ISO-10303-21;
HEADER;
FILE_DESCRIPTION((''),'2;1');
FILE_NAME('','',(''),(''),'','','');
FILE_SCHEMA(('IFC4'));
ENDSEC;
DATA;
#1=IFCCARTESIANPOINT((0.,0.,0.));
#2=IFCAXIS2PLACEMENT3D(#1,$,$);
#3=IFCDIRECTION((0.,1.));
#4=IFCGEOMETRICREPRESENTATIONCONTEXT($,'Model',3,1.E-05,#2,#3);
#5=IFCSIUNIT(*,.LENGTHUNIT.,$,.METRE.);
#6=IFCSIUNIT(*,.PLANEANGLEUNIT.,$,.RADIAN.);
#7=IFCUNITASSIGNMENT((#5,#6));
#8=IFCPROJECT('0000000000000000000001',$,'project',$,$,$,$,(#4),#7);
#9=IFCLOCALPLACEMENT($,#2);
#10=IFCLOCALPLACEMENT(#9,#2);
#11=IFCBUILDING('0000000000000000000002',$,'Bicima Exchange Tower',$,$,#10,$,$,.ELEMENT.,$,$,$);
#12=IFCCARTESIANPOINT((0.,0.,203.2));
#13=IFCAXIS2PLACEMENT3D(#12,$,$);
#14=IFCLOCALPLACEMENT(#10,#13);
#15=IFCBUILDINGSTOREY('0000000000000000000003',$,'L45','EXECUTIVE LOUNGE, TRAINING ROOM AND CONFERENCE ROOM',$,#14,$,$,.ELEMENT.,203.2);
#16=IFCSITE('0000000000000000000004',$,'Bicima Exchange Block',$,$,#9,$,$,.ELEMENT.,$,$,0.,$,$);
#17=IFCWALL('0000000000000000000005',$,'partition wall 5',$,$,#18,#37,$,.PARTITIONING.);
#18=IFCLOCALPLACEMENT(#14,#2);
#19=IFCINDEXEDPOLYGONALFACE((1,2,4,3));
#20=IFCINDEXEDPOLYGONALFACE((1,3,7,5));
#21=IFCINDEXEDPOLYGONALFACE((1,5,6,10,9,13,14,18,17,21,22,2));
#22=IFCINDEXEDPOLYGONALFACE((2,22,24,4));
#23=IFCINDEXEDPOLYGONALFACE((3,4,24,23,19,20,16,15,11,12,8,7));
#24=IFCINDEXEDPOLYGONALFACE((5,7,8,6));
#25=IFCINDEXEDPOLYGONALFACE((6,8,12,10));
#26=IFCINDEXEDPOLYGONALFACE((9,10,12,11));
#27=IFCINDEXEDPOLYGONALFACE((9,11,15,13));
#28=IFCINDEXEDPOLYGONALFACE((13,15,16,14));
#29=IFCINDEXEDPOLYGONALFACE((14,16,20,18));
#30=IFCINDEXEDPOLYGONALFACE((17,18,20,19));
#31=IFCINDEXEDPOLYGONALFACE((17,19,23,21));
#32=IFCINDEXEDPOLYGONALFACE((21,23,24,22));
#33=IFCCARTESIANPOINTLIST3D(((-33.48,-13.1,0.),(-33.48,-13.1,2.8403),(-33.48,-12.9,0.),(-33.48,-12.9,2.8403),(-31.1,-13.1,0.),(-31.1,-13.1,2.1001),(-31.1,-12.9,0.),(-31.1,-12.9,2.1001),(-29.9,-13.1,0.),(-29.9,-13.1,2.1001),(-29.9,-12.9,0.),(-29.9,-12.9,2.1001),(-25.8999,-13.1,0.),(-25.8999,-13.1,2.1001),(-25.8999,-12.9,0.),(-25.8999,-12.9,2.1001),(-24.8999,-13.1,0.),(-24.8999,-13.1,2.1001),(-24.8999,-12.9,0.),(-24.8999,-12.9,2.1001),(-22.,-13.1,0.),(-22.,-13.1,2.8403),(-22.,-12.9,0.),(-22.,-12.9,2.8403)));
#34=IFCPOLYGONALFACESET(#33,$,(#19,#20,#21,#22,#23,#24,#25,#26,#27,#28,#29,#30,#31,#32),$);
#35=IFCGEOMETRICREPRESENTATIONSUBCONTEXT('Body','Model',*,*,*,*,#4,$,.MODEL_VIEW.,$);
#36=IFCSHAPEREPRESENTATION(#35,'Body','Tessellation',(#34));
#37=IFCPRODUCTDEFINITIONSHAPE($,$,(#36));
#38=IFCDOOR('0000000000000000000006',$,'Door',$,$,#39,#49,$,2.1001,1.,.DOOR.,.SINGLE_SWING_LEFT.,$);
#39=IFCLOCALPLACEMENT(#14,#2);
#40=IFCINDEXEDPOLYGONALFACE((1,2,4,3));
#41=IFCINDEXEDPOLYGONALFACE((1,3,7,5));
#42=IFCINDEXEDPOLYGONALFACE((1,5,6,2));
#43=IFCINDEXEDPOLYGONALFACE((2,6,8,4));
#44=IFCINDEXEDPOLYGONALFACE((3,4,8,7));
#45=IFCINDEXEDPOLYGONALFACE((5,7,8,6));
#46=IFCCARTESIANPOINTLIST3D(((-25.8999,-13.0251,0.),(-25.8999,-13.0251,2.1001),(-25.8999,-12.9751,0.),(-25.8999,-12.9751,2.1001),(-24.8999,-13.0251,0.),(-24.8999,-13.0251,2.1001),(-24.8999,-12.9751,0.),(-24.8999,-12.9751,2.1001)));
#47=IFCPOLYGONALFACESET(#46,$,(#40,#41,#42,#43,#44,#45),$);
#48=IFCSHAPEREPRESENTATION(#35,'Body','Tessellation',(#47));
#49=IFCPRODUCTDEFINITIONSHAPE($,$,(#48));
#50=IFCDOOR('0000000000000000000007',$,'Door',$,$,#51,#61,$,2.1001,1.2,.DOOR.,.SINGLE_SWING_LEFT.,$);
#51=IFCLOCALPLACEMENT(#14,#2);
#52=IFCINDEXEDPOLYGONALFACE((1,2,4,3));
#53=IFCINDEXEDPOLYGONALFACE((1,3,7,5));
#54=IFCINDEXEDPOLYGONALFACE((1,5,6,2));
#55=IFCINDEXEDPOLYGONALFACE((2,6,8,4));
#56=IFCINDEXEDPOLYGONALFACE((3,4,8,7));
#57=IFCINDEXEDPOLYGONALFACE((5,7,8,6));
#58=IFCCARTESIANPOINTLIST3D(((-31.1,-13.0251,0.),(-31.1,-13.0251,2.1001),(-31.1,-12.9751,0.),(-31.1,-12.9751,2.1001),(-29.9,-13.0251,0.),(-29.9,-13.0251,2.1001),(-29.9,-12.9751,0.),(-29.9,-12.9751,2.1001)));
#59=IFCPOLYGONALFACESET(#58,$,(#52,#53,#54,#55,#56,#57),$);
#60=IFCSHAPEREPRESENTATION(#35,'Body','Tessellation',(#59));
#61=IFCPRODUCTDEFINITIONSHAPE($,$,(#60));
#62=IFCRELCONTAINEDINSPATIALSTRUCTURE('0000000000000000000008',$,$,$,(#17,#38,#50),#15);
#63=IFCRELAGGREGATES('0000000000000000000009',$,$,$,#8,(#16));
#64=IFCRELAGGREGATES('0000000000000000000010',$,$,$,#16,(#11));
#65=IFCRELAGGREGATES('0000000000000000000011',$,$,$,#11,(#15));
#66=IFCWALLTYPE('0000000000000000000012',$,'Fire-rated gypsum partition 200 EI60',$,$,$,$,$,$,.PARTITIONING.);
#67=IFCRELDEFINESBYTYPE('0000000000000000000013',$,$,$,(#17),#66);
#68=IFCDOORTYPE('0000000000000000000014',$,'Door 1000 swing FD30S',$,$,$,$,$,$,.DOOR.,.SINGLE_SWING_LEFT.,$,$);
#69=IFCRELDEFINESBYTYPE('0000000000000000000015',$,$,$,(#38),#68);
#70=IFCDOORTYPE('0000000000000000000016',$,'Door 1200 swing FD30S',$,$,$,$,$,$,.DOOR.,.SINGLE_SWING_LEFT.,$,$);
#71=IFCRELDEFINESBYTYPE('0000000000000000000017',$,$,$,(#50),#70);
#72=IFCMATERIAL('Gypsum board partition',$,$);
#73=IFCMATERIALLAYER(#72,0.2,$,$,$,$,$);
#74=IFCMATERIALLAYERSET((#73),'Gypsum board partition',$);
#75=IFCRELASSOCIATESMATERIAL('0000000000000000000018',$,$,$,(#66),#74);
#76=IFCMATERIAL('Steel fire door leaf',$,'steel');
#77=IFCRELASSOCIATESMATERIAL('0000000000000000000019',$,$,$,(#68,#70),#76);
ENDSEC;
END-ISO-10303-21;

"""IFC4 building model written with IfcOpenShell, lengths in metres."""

from ifc_helpers import new_model, si_unit, direction, frame, frame_2d, origin, place, context, subcontext, project, spatial, rectangle, extrude, material, layer, layer_set, type_object, element, fill, save


model = new_model("IFC4")

# Units and contexts
model_context = context("Model", 3, precision=1e-05, world=origin(), true_north=direction((0.0, 1.0)))
body_context = subcontext(model_context, "Body", "Model", "MODEL_VIEW")
ifc_project = project(units=[si_unit("LENGTHUNIT", "METRE"), si_unit("PLANEANGLEUNIT", "RADIAN")], contexts=[model_context])

# Site, building, storey
site_placement = place(None, origin())
site = spatial("IfcSite", under=ifc_project, at=site_placement, Name="Bicima Exchange Block", CompositionType="ELEMENT", RefElevation=0.0)
building_placement = place(site_placement, origin())
building = spatial("IfcBuilding", under=site, at=building_placement, Name="Bicima Exchange Tower", CompositionType="ELEMENT")
storey_placement = place(building_placement, frame((0.0, 0.0, 203.2)))
storey = spatial("IfcBuildingStorey", under=building, at=storey_placement, Name="L45", Description="EXECUTIVE LOUNGE, TRAINING ROOM AND CONFERENCE ROOM", CompositionType="ELEMENT", Elevation=203.2)

# Shared definitions
ifc_material_1 = material(Name="Gypsum board partition")
ifc_layer_1 = layer(ifc_material_1, 0.2)
ifc_layer_set_1 = layer_set([ifc_layer_1], Name="Gypsum board partition")
wall_type = type_object("IfcWallType", Name="Fire-rated gypsum partition 200 EI60", PredefinedType="PARTITIONING", material=ifc_layer_set_1)
ifc_material_2 = material(Name="Steel fire door leaf", Category="steel")
door_type_1 = type_object("IfcDoorType", Name="Door 1000 swing FD30S", OperationType="SINGLE_SWING_LEFT", PredefinedType="DOOR", material=ifc_material_2)

# Wall, openings, doors
wall_1_placement = place(storey_placement, frame((-33.48, -13.0, 0.0), z_axis=(0.0, 0.0, 1.0), x_axis=(1.0, 0.0, 0.0)))
wall_1 = element("IfcWall", 1, at=wall_1_placement, inside=storey, type_object=wall_type, Name="partition wall 5", PredefinedType="PARTITIONING", context=body_context, shape_type="SweptSolid", body=[
    extrude(rectangle(XDim=11.48, YDim=0.2, at=frame_2d((5.74, 0.0))), origin(), (0.0, 0.0, 1.0), 2.8403),
])
opening_1_placement = place(wall_1_placement, frame((2.3799, 0.0, 0.0)))
opening_1 = element("IfcOpeningElement", 2, at=opening_1_placement, cuts=wall_1, PredefinedType="OPENING", context=body_context, shape_type="SweptSolid", body=[
    extrude(rectangle(XDim=1.2, YDim=2.1001, at=frame_2d((0.6001, 1.05))), frame((0.0, 0.1118, 0.0), z_axis=(0.0, -1.0, 0.0), x_axis=(1.0, 0.0, 0.0)), (0.0, 0.0, 1.0), 0.2239),
])
opening_2_placement = place(wall_1_placement, frame((7.5801, 0.0, 0.0)))
opening_2 = element("IfcOpeningElement", 3, at=opening_2_placement, cuts=wall_1, PredefinedType="OPENING", context=body_context, shape_type="SweptSolid", body=[
    extrude(rectangle(XDim=1.0, YDim=2.1001, at=frame_2d((0.5, 1.05))), frame((0.0, 0.1118, 0.0), z_axis=(0.0, -1.0, 0.0), x_axis=(1.0, 0.0, 0.0)), (0.0, 0.0, 1.0), 0.2239),
])
door_1_placement = place(opening_2_placement, origin())
door_1 = element("IfcDoor", 4, at=door_1_placement, inside=storey, type_object=door_type_1, Name="Door", OperationType="SINGLE_SWING_LEFT", OverallHeight=2.1001, OverallWidth=1.0, PredefinedType="DOOR", context=body_context, shape_type="SweptSolid", body=[
    extrude(rectangle(XDim=1.0, YDim=2.1001, at=frame_2d((0.5, 1.05))), frame((0.0, 0.0249, 0.0), z_axis=(0.0, -1.0, 0.0), x_axis=(1.0, 0.0, 0.0)), (0.0, 0.0, 1.0), 0.05),
])
fill(opening_2, door_1)
door_type_2 = type_object("IfcDoorType", Name="Door 1200 swing FD30S", OperationType="SINGLE_SWING_LEFT", PredefinedType="DOOR", material=ifc_material_2)
door_2_placement = place(opening_1_placement, origin())
door_2 = element("IfcDoor", 5, at=door_2_placement, inside=storey, type_object=door_type_2, Name="Door", OperationType="SINGLE_SWING_LEFT", OverallHeight=2.1001, OverallWidth=1.2, PredefinedType="DOOR", context=body_context, shape_type="SweptSolid", body=[
    extrude(rectangle(XDim=1.2, YDim=2.1001, at=frame_2d((0.6001, 1.05))), frame((0.0, 0.0249, 0.0), z_axis=(0.0, -1.0, 0.0), x_axis=(1.0, 0.0, 0.0)), (0.0, 0.0, 1.0), 0.05),
])
fill(opening_1, door_2)

save(model, "model.ifc")
